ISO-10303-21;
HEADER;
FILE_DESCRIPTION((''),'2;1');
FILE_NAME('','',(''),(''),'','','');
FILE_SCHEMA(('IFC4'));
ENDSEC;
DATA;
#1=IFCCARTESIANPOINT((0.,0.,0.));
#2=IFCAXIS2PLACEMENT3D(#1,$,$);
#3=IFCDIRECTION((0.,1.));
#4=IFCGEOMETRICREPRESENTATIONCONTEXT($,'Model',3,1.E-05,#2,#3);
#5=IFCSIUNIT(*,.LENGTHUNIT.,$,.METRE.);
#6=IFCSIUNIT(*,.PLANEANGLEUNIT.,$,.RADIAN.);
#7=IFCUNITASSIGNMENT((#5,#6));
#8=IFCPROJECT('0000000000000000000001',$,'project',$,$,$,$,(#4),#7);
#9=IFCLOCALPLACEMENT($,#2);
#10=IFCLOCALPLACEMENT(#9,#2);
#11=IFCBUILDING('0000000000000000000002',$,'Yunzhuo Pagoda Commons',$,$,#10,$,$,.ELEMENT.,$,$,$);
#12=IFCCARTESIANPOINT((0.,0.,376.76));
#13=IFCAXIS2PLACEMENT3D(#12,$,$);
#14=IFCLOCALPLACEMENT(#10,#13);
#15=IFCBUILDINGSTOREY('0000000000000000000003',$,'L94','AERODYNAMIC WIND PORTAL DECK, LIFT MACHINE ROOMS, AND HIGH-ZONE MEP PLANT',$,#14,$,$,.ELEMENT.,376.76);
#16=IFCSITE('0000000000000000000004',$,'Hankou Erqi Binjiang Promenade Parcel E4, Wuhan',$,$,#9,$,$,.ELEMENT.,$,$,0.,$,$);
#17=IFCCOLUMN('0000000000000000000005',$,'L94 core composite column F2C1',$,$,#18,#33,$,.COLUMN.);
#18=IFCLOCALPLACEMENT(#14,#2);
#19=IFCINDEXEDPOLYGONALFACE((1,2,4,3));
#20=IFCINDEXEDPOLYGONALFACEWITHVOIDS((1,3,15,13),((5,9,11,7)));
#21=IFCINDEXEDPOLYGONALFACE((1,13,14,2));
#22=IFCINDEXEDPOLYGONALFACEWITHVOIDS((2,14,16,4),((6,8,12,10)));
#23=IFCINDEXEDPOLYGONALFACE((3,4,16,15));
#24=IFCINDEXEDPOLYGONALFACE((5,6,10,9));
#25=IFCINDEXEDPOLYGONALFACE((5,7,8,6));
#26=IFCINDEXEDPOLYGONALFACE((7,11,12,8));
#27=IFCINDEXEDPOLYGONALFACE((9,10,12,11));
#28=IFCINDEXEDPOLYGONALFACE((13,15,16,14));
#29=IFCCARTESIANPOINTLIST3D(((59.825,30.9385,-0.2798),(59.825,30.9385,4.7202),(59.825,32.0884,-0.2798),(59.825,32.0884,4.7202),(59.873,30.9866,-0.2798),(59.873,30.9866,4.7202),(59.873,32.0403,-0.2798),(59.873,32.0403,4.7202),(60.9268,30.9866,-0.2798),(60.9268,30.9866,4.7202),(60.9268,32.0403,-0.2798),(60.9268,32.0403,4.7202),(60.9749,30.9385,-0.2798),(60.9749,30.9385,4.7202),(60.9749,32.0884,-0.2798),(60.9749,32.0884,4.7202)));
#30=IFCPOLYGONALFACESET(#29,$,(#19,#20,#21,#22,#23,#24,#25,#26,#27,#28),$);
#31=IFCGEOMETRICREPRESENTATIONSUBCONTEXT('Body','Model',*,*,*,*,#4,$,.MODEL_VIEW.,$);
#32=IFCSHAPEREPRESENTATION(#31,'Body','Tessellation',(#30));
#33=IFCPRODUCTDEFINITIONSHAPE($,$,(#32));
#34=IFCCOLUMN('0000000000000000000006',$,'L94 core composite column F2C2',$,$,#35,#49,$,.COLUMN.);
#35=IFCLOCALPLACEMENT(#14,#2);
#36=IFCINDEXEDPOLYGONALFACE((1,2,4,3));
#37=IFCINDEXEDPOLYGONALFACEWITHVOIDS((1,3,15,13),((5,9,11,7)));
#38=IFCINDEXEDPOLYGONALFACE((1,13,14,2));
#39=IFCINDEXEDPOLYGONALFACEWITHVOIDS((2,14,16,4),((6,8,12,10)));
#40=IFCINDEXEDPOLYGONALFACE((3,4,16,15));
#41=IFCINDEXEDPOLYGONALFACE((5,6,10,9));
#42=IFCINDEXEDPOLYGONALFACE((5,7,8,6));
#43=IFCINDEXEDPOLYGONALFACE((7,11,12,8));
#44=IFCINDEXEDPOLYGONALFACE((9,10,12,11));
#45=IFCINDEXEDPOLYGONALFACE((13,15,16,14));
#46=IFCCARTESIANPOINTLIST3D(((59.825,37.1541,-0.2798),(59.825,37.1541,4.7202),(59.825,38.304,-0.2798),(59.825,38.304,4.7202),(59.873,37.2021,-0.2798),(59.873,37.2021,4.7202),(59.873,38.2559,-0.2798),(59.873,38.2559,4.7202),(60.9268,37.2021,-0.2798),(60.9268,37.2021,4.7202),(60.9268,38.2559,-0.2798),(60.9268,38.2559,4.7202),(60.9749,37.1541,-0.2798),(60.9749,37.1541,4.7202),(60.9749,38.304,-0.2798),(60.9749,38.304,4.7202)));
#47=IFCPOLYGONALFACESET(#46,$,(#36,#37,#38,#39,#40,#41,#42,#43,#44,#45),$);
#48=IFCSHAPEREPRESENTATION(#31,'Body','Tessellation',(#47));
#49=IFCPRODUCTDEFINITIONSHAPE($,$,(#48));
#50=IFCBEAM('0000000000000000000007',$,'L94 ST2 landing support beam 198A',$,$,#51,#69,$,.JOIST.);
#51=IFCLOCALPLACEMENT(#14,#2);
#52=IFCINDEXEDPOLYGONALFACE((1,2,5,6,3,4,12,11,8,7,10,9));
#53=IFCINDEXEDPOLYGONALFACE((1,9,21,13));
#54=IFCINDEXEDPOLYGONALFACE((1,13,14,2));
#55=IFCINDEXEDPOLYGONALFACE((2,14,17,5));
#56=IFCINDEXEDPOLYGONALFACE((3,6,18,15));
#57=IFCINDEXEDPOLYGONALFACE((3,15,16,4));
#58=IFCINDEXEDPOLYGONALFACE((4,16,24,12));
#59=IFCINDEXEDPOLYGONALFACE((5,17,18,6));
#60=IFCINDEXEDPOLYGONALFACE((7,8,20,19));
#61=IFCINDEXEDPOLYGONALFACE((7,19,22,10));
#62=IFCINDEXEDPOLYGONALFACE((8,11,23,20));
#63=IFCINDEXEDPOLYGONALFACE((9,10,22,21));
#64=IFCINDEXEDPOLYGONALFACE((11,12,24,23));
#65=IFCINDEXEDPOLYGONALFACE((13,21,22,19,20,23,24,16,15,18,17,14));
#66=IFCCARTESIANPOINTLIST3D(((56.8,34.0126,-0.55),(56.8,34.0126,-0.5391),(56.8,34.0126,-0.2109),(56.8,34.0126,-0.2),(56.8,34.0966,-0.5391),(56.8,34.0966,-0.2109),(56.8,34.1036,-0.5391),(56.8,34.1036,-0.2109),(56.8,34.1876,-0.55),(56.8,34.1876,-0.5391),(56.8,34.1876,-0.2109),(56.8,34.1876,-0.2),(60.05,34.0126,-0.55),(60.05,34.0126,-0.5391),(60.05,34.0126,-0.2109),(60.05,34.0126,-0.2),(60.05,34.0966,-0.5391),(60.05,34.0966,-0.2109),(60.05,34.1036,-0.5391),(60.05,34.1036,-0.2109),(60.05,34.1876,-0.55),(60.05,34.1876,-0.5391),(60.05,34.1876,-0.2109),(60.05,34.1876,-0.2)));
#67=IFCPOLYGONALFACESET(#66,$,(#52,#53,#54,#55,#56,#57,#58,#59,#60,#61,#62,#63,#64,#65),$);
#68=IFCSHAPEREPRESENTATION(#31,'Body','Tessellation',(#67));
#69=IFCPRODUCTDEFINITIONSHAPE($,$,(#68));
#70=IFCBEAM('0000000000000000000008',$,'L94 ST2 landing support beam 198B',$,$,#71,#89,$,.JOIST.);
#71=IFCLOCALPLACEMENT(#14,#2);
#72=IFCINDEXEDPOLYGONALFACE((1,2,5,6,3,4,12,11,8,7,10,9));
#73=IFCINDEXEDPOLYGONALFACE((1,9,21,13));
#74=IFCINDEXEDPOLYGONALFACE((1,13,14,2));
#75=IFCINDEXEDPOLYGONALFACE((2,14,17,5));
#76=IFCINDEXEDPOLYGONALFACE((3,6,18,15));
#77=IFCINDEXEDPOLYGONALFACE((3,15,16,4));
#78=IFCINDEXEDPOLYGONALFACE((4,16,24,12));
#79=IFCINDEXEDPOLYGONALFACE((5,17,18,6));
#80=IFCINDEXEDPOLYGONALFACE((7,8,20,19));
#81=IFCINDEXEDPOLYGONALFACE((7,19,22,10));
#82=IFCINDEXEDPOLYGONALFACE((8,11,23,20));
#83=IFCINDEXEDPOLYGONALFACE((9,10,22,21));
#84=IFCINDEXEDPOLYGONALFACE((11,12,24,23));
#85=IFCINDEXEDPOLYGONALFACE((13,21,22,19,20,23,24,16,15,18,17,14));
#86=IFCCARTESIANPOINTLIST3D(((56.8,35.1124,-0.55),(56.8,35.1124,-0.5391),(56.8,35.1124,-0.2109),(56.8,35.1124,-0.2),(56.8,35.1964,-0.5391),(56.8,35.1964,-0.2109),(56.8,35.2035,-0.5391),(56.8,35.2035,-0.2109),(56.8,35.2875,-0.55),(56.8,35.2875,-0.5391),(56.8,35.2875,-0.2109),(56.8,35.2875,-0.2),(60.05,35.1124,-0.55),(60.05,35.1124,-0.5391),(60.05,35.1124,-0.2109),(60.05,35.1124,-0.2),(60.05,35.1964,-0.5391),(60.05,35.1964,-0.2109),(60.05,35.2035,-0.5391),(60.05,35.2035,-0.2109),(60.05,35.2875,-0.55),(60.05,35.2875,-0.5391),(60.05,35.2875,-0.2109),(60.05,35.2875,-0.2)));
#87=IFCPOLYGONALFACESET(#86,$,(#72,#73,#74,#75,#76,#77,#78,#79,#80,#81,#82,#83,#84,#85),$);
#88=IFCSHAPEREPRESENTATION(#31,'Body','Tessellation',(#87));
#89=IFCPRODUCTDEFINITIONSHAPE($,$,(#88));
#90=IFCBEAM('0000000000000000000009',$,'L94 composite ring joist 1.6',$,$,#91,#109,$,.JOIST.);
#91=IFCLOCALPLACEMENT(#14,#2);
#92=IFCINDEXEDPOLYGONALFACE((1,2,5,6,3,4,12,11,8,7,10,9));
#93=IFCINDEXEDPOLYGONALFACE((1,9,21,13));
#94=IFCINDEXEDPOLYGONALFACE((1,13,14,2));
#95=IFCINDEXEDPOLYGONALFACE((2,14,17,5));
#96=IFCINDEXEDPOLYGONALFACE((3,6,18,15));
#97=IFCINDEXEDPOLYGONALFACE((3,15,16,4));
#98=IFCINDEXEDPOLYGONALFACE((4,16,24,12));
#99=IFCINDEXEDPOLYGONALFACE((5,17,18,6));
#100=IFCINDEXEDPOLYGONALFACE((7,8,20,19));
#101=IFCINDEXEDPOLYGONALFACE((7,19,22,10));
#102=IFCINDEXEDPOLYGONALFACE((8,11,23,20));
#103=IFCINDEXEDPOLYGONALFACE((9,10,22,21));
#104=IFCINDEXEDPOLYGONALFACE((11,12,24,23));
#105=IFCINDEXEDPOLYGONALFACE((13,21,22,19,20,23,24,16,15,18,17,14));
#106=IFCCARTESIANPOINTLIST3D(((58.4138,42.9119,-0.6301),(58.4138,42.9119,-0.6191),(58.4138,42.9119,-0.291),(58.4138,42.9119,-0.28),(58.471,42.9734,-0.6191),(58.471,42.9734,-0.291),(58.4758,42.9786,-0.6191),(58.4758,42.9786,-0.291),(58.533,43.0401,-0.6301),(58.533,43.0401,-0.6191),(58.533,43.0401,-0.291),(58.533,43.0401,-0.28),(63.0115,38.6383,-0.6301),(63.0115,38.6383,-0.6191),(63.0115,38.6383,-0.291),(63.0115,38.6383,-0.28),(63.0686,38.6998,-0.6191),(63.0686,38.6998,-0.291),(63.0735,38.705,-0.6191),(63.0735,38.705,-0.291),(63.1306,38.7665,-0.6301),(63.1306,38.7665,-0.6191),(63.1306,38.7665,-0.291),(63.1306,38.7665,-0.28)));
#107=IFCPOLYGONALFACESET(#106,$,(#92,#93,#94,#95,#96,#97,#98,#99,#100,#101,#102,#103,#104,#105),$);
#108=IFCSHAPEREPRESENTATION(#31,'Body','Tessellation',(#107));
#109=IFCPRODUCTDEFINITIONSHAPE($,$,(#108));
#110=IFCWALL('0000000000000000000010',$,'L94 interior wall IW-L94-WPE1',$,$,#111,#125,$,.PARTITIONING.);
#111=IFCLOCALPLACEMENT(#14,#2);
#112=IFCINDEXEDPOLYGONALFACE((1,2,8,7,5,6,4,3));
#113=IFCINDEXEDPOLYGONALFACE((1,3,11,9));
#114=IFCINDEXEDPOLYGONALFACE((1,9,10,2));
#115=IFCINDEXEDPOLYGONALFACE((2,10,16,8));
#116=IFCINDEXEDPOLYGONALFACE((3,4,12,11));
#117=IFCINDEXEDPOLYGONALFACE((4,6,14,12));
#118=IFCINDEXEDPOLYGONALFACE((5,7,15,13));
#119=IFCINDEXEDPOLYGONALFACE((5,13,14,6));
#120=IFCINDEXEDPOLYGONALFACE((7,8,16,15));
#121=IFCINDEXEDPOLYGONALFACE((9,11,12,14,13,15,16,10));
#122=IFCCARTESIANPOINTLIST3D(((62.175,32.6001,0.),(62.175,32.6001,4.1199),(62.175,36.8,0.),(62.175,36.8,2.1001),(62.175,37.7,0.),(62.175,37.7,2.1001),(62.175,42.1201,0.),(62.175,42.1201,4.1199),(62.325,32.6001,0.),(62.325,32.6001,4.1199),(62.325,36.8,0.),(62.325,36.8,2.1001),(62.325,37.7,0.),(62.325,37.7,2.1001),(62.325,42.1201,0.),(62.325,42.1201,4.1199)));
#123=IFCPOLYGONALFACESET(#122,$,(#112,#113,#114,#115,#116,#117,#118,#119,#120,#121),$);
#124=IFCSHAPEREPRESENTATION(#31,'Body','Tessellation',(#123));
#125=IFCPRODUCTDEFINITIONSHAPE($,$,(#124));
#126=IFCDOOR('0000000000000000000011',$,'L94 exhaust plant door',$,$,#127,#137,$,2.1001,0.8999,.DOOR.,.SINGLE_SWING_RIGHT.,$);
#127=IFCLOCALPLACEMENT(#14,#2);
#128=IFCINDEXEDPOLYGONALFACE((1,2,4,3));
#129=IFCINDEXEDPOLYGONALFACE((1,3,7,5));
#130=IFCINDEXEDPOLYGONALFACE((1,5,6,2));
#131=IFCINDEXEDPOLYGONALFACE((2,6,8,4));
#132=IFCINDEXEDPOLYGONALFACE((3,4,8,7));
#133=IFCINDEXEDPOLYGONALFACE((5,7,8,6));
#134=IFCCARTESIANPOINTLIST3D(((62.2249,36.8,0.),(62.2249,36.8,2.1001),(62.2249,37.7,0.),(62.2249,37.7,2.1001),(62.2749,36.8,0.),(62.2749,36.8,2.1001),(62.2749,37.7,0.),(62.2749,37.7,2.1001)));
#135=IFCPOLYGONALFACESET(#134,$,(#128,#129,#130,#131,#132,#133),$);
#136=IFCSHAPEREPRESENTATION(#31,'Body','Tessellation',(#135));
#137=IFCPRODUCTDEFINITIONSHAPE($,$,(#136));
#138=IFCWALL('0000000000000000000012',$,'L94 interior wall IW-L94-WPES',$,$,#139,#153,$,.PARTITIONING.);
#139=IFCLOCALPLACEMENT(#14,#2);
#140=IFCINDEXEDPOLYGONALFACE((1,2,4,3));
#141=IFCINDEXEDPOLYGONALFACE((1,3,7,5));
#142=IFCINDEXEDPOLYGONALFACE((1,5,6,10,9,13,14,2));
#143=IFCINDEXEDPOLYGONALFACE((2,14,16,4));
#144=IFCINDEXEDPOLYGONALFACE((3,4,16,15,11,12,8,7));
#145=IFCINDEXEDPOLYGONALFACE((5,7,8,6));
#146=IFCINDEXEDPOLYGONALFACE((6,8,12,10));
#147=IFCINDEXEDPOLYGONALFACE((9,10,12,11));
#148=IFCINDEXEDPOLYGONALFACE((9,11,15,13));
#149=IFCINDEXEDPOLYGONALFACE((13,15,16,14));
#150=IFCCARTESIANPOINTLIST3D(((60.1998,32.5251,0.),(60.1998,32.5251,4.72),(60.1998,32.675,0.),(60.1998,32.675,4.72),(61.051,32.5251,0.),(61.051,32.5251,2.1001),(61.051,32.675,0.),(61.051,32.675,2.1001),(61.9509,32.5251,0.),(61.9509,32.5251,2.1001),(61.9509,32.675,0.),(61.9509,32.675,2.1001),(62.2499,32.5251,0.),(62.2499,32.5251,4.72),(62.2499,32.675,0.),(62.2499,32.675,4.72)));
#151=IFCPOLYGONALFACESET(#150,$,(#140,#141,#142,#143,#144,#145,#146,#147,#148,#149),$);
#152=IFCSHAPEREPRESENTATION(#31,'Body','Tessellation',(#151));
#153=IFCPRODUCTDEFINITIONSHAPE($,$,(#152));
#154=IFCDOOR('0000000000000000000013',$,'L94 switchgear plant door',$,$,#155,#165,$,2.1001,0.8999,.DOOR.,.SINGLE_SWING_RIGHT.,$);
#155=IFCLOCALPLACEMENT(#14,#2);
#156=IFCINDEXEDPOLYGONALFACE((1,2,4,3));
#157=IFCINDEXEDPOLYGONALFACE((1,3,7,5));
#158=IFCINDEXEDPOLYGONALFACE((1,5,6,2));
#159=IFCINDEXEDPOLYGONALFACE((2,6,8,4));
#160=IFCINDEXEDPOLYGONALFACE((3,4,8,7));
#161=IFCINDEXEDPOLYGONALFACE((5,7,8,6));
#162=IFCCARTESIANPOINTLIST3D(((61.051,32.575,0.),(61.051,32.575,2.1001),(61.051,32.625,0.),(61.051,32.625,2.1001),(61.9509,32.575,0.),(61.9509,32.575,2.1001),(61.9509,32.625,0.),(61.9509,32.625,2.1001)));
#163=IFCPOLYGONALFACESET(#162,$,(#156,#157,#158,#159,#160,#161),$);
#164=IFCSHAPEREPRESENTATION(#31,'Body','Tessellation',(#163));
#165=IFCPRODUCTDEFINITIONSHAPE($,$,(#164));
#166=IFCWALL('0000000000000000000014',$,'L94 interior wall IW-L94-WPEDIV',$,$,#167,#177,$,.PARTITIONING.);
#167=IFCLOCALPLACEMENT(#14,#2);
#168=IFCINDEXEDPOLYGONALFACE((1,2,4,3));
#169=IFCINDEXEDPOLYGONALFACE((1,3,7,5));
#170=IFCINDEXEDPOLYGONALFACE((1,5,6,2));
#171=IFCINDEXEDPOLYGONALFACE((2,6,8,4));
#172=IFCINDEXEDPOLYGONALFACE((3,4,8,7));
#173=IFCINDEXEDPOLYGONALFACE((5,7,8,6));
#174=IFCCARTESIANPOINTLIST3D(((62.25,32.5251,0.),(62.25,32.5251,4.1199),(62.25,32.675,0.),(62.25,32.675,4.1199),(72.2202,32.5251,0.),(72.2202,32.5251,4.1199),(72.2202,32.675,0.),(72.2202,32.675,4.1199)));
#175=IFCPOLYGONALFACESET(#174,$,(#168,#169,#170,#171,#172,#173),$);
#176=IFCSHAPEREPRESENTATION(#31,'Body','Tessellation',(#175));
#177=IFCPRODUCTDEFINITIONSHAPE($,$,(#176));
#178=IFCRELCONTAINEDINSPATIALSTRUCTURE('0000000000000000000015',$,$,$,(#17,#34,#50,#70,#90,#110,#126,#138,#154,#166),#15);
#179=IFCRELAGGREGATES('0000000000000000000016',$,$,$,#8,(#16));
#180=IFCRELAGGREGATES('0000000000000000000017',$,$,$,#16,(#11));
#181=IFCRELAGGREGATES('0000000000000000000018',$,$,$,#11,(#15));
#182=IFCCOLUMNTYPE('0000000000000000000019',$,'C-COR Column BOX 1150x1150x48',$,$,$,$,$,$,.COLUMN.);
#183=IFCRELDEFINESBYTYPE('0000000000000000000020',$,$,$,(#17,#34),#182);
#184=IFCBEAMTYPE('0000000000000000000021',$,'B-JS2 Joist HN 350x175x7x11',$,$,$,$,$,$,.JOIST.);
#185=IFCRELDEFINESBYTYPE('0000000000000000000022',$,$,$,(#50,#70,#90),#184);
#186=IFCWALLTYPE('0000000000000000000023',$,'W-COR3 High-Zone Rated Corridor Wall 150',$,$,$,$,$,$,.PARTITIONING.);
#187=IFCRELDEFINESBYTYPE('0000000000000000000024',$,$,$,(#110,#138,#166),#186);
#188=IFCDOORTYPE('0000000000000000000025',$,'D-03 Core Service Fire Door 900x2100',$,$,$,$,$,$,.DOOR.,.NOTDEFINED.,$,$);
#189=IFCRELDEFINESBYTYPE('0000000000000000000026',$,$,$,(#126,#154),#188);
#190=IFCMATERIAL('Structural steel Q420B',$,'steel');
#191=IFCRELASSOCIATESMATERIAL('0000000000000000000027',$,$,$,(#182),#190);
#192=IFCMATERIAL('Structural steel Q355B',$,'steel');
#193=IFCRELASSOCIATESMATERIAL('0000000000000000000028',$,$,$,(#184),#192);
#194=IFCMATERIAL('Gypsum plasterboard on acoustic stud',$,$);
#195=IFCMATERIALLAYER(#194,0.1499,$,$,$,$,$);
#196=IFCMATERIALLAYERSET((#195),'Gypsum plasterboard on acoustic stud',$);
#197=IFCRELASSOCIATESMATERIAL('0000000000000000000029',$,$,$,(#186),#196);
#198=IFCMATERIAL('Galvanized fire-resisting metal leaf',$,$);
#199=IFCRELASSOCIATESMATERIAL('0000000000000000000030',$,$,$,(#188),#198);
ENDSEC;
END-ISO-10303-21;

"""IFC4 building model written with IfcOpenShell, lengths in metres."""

from ifc_helpers import new_model, si_unit, direction, frame, frame_2d, origin, origin_with_axes, origin_2d, place, context, subcontext, project, spatial, rectangle, hollow_rectangle, i_section, extrude, source, transform, mapped, material, layer, layer_set, material_profile, profile_set, type_object, element, fill, save


model = new_model("IFC4")

# Units and contexts
model_context = context("Model", 3, precision=1e-05, world=origin(), true_north=direction((0.0, 1.0)))
body_context = subcontext(model_context, "Body", "Model", "MODEL_VIEW")
ifc_project = project(units=[si_unit("LENGTHUNIT", "METRE"), si_unit("PLANEANGLEUNIT", "RADIAN")], contexts=[model_context])

# Site, building, storey
site_placement = place(None, origin())
site = spatial("IfcSite", under=ifc_project, at=site_placement, Name="Hankou Erqi Binjiang Promenade Parcel E4, Wuhan", CompositionType="ELEMENT", RefElevation=0.0)
building_placement = place(site_placement, origin())
building = spatial("IfcBuilding", under=site, at=building_placement, Name="Yunzhuo Pagoda Commons", CompositionType="ELEMENT")
storey_placement = place(building_placement, frame((0.0, 0.0, 376.76)))
storey = spatial("IfcBuildingStorey", under=building, at=storey_placement, Name="L94", Description="AERODYNAMIC WIND PORTAL DECK, LIFT MACHINE ROOMS, AND HIGH-ZONE MEP PLANT", CompositionType="ELEMENT", Elevation=376.76)

# Columns
ifc_material_1 = material(Name="Structural steel Q420B", Category="steel")
ifc_material_profile_1 = material_profile(ifc_material_1, hollow_rectangle(XDim=1.1499, YDim=1.1499, WallThickness=0.0481, at=origin_2d()), Name="Structural steel Q420B")
ifc_profile_set_1 = profile_set([ifc_material_profile_1], Name="Structural steel Q420B")
column_type = type_object("IfcColumnType", Name="C-COR Column BOX 1150x1150x48", PredefinedType="COLUMN", material=ifc_profile_set_1)
shared_shape_1 = source(origin(), body_context, "Body", "SweptSolid", [
    extrude(hollow_rectangle(XDim=1.1499, YDim=1.1499, WallThickness=0.0481, at=origin_2d()), origin(), (0.0, 0.0, 1.0), 5.0),
])
for number, where, z_axis, x_axis, name in (
    (1, (60.3999, 31.5134, -0.2798), (0.0, 0.0, 1.0), (1.0, 0.0, 0.0), "L94 core composite column F2C1"),
    (2, (60.3999, 37.729, -0.2798), (0.0, 0.0, 1.0), (1.0, 0.0, 0.0), "L94 core composite column F2C2"),
):
    element("IfcColumn", number, at=place(storey_placement, frame(where, z_axis=z_axis, x_axis=x_axis)), inside=storey, type_object=column_type, Name=name, PredefinedType="COLUMN", context=body_context, shape_type="MappedRepresentation", body=[
        mapped(shared_shape_1, transform((0.0, 0.0, 0.0), scale=1.0)),
    ])

# Beams
ifc_material_2 = material(Name="Structural steel Q355B", Category="steel")
ifc_material_profile_2 = material_profile(ifc_material_2, i_section(OverallWidth=0.175, OverallDepth=0.3501, WebThickness=0.0071, FlangeThickness=0.011, at=origin_2d()), Name="Structural steel Q355B")
ifc_profile_set_2 = profile_set([ifc_material_profile_2], Name="Structural steel Q355B")
beam_type = type_object("IfcBeamType", Name="B-JS2 Joist HN 350x175x7x11", PredefinedType="JOIST", material=ifc_profile_set_2)
shared_shape_2 = source(origin(), body_context, "Body", "SweptSolid", [
    extrude(i_section(OverallWidth=0.175, OverallDepth=0.3501, WebThickness=0.0071, FlangeThickness=0.011, at=origin_2d()), origin(), (0.0, 0.0, 1.0), 3.25),
])
for number, where, z_axis, x_axis, name in (
    (3, (56.8, 34.1001, -0.375), (1.0, 0.0, 0.0), (0.0, 1.0, 0.0), "L94 ST2 landing support beam 198A"),
    (4, (56.8, 35.2, -0.375), (1.0, 0.0, 0.0), (0.0, 1.0, 0.0), "L94 ST2 landing support beam 198B"),
):
    element("IfcBeam", number, at=place(storey_placement, frame(where, z_axis=z_axis, x_axis=x_axis)), inside=storey, type_object=beam_type, Name=name, PredefinedType="JOIST", context=body_context, shape_type="MappedRepresentation", body=[
        mapped(shared_shape_2, transform((0.0, 0.0, 0.0), scale=1.0)),
    ])
shared_shape_3 = source(origin(), body_context, "Body", "SweptSolid", [
    extrude(i_section(OverallWidth=0.175, OverallDepth=0.3501, WebThickness=0.0071, FlangeThickness=0.011, at=origin_2d()), origin(), (0.0, 0.0, 1.0), 6.2771),
])
beam_placement = place(storey_placement, frame((63.071, 38.7024, -0.4551), z_axis=(-0.732442, 0.68083, 0.0), x_axis=(-0.68083, -0.732442, 0.0)))
element("IfcBeam", 5, at=beam_placement, inside=storey, type_object=beam_type, Name="L94 composite ring joist 1.6", PredefinedType="JOIST", context=body_context, shape_type="MappedRepresentation", body=[
    mapped(shared_shape_3, transform((0.0, 0.0, 0.0), scale=1.0)),
])

# Walls, openings, doors
ifc_material_3 = material(Name="Gypsum plasterboard on acoustic stud")
ifc_layer_1 = layer(ifc_material_3, 0.1499)
ifc_layer_set_1 = layer_set([ifc_layer_1], Name="Gypsum plasterboard on acoustic stud")
wall_type_1 = type_object("IfcWallType", Name="W-COR3 High-Zone Rated Corridor Wall 150", PredefinedType="PARTITIONING", material=ifc_layer_set_1)
wall_1_placement = place(storey_placement, frame((62.25, 32.6001, 0.0), z_axis=(0.0, 0.0, 1.0), x_axis=(0.0, 1.0, 0.0)))
wall_1 = element("IfcWall", 6, at=wall_1_placement, inside=storey, type_object=wall_type_1, Name="L94 interior wall IW-L94-WPE1", PredefinedType="PARTITIONING", context=body_context, shape_type="SweptSolid", body=[
    extrude(rectangle(XDim=9.52, YDim=0.1499, at=frame_2d((4.76, 0.0))), origin(), (0.0, 0.0, 1.0), 4.1199),
])
opening_1_placement = place(wall_1_placement, frame((4.2, 0.0, 0.0)))
opening_1 = element("IfcOpeningElement", 7, at=opening_1_placement, cuts=wall_1, PredefinedType="OPENING", context=body_context, shape_type="SweptSolid", body=[
    extrude(rectangle(XDim=0.8999, YDim=2.1001, at=frame_2d((0.45, 1.05))), frame((0.0, 0.085, 0.0), z_axis=(0.0, -1.0, 0.0), x_axis=(1.0, 0.0, 0.0)), (0.0, 0.0, 1.0), 0.1699),
])
ifc_material_4 = material(Name="Galvanized fire-resisting metal leaf")
door_type_1 = type_object("IfcDoorType", Name="D-03 Core Service Fire Door 900x2100", OperationType="NOTDEFINED", PredefinedType="DOOR", material=ifc_material_4)
shared_shape_4 = source(origin(), body_context, "Body", "SweptSolid", [
    extrude(rectangle(XDim=0.8999, YDim=2.1001, at=frame_2d((0.45, 1.05))), frame((0.0, 0.0249, 0.0), z_axis=(0.0, -1.0, 0.0), x_axis=(1.0, 0.0, 0.0)), (0.0, 0.0, 1.0), 0.05),
])
door_1_placement = place(opening_1_placement, frame((0.8999, 0.0, 0.0), z_axis=(0.0, 0.0, 1.0), x_axis=(-1.0, 0.0, 0.0)))
door_1 = element("IfcDoor", 8, at=door_1_placement, inside=storey, type_object=door_type_1, Name="L94 exhaust plant door", OperationType="SINGLE_SWING_RIGHT", OverallHeight=2.1001, OverallWidth=0.8999, PredefinedType="DOOR", context=body_context, shape_type="MappedRepresentation", body=[
    mapped(shared_shape_4, transform((0.0, 0.0, 0.0), scale=1.0)),
])
fill(opening_1, door_1)
wall_2_placement = place(storey_placement, frame((60.2, 32.6001, 0.0), z_axis=(0.0, 0.0, 1.0), x_axis=(1.0, 0.0, 0.0)))
wall_2 = element("IfcWall", 9, at=wall_2_placement, inside=storey, type_object=wall_type_1, Name="L94 interior wall IW-L94-WPES", PredefinedType="PARTITIONING", context=body_context, shape_type="SweptSolid", body=[
    extrude(rectangle(XDim=2.05, YDim=0.1499, at=frame_2d((1.0249, 0.0))), origin(), (0.0, 0.0, 1.0), 4.72),
])
opening_2_placement = place(wall_2_placement, frame((0.8511, 0.0, 0.0)))
opening_2 = element("IfcOpeningElement", 10, at=opening_2_placement, cuts=wall_2, PredefinedType="OPENING", context=body_context, shape_type="SweptSolid", body=[
    extrude(rectangle(XDim=0.8999, YDim=2.1001, at=frame_2d((0.45, 1.05))), frame((0.0, 0.085, 0.0), z_axis=(0.0, -1.0, 0.0), x_axis=(1.0, 0.0, 0.0)), (0.0, 0.0, 1.0), 0.1699),
])
door_2_placement = place(opening_2_placement, origin_with_axes())
door_2 = element("IfcDoor", 11, at=door_2_placement, inside=storey, type_object=door_type_1, Name="L94 switchgear plant door", OperationType="SINGLE_SWING_RIGHT", OverallHeight=2.1001, OverallWidth=0.8999, PredefinedType="DOOR", context=body_context, shape_type="MappedRepresentation", body=[
    mapped(shared_shape_4, transform((0.0, 0.0, 0.0), scale=1.0)),
])
fill(opening_2, door_2)

# Wall
wall_3_placement = place(storey_placement, frame((62.25, 32.6001, 0.0), z_axis=(0.0, 0.0, 1.0), x_axis=(1.0, 0.0, 0.0)))
element("IfcWall", 12, at=wall_3_placement, inside=storey, type_object=wall_type_1, Name="L94 interior wall IW-L94-WPEDIV", PredefinedType="PARTITIONING", context=body_context, shape_type="SweptSolid", body=[
    extrude(rectangle(XDim=9.9702, YDim=0.1499, at=frame_2d((4.9851, 0.0))), origin(), (0.0, 0.0, 1.0), 4.1199),
])

save(model, "model.ifc")
